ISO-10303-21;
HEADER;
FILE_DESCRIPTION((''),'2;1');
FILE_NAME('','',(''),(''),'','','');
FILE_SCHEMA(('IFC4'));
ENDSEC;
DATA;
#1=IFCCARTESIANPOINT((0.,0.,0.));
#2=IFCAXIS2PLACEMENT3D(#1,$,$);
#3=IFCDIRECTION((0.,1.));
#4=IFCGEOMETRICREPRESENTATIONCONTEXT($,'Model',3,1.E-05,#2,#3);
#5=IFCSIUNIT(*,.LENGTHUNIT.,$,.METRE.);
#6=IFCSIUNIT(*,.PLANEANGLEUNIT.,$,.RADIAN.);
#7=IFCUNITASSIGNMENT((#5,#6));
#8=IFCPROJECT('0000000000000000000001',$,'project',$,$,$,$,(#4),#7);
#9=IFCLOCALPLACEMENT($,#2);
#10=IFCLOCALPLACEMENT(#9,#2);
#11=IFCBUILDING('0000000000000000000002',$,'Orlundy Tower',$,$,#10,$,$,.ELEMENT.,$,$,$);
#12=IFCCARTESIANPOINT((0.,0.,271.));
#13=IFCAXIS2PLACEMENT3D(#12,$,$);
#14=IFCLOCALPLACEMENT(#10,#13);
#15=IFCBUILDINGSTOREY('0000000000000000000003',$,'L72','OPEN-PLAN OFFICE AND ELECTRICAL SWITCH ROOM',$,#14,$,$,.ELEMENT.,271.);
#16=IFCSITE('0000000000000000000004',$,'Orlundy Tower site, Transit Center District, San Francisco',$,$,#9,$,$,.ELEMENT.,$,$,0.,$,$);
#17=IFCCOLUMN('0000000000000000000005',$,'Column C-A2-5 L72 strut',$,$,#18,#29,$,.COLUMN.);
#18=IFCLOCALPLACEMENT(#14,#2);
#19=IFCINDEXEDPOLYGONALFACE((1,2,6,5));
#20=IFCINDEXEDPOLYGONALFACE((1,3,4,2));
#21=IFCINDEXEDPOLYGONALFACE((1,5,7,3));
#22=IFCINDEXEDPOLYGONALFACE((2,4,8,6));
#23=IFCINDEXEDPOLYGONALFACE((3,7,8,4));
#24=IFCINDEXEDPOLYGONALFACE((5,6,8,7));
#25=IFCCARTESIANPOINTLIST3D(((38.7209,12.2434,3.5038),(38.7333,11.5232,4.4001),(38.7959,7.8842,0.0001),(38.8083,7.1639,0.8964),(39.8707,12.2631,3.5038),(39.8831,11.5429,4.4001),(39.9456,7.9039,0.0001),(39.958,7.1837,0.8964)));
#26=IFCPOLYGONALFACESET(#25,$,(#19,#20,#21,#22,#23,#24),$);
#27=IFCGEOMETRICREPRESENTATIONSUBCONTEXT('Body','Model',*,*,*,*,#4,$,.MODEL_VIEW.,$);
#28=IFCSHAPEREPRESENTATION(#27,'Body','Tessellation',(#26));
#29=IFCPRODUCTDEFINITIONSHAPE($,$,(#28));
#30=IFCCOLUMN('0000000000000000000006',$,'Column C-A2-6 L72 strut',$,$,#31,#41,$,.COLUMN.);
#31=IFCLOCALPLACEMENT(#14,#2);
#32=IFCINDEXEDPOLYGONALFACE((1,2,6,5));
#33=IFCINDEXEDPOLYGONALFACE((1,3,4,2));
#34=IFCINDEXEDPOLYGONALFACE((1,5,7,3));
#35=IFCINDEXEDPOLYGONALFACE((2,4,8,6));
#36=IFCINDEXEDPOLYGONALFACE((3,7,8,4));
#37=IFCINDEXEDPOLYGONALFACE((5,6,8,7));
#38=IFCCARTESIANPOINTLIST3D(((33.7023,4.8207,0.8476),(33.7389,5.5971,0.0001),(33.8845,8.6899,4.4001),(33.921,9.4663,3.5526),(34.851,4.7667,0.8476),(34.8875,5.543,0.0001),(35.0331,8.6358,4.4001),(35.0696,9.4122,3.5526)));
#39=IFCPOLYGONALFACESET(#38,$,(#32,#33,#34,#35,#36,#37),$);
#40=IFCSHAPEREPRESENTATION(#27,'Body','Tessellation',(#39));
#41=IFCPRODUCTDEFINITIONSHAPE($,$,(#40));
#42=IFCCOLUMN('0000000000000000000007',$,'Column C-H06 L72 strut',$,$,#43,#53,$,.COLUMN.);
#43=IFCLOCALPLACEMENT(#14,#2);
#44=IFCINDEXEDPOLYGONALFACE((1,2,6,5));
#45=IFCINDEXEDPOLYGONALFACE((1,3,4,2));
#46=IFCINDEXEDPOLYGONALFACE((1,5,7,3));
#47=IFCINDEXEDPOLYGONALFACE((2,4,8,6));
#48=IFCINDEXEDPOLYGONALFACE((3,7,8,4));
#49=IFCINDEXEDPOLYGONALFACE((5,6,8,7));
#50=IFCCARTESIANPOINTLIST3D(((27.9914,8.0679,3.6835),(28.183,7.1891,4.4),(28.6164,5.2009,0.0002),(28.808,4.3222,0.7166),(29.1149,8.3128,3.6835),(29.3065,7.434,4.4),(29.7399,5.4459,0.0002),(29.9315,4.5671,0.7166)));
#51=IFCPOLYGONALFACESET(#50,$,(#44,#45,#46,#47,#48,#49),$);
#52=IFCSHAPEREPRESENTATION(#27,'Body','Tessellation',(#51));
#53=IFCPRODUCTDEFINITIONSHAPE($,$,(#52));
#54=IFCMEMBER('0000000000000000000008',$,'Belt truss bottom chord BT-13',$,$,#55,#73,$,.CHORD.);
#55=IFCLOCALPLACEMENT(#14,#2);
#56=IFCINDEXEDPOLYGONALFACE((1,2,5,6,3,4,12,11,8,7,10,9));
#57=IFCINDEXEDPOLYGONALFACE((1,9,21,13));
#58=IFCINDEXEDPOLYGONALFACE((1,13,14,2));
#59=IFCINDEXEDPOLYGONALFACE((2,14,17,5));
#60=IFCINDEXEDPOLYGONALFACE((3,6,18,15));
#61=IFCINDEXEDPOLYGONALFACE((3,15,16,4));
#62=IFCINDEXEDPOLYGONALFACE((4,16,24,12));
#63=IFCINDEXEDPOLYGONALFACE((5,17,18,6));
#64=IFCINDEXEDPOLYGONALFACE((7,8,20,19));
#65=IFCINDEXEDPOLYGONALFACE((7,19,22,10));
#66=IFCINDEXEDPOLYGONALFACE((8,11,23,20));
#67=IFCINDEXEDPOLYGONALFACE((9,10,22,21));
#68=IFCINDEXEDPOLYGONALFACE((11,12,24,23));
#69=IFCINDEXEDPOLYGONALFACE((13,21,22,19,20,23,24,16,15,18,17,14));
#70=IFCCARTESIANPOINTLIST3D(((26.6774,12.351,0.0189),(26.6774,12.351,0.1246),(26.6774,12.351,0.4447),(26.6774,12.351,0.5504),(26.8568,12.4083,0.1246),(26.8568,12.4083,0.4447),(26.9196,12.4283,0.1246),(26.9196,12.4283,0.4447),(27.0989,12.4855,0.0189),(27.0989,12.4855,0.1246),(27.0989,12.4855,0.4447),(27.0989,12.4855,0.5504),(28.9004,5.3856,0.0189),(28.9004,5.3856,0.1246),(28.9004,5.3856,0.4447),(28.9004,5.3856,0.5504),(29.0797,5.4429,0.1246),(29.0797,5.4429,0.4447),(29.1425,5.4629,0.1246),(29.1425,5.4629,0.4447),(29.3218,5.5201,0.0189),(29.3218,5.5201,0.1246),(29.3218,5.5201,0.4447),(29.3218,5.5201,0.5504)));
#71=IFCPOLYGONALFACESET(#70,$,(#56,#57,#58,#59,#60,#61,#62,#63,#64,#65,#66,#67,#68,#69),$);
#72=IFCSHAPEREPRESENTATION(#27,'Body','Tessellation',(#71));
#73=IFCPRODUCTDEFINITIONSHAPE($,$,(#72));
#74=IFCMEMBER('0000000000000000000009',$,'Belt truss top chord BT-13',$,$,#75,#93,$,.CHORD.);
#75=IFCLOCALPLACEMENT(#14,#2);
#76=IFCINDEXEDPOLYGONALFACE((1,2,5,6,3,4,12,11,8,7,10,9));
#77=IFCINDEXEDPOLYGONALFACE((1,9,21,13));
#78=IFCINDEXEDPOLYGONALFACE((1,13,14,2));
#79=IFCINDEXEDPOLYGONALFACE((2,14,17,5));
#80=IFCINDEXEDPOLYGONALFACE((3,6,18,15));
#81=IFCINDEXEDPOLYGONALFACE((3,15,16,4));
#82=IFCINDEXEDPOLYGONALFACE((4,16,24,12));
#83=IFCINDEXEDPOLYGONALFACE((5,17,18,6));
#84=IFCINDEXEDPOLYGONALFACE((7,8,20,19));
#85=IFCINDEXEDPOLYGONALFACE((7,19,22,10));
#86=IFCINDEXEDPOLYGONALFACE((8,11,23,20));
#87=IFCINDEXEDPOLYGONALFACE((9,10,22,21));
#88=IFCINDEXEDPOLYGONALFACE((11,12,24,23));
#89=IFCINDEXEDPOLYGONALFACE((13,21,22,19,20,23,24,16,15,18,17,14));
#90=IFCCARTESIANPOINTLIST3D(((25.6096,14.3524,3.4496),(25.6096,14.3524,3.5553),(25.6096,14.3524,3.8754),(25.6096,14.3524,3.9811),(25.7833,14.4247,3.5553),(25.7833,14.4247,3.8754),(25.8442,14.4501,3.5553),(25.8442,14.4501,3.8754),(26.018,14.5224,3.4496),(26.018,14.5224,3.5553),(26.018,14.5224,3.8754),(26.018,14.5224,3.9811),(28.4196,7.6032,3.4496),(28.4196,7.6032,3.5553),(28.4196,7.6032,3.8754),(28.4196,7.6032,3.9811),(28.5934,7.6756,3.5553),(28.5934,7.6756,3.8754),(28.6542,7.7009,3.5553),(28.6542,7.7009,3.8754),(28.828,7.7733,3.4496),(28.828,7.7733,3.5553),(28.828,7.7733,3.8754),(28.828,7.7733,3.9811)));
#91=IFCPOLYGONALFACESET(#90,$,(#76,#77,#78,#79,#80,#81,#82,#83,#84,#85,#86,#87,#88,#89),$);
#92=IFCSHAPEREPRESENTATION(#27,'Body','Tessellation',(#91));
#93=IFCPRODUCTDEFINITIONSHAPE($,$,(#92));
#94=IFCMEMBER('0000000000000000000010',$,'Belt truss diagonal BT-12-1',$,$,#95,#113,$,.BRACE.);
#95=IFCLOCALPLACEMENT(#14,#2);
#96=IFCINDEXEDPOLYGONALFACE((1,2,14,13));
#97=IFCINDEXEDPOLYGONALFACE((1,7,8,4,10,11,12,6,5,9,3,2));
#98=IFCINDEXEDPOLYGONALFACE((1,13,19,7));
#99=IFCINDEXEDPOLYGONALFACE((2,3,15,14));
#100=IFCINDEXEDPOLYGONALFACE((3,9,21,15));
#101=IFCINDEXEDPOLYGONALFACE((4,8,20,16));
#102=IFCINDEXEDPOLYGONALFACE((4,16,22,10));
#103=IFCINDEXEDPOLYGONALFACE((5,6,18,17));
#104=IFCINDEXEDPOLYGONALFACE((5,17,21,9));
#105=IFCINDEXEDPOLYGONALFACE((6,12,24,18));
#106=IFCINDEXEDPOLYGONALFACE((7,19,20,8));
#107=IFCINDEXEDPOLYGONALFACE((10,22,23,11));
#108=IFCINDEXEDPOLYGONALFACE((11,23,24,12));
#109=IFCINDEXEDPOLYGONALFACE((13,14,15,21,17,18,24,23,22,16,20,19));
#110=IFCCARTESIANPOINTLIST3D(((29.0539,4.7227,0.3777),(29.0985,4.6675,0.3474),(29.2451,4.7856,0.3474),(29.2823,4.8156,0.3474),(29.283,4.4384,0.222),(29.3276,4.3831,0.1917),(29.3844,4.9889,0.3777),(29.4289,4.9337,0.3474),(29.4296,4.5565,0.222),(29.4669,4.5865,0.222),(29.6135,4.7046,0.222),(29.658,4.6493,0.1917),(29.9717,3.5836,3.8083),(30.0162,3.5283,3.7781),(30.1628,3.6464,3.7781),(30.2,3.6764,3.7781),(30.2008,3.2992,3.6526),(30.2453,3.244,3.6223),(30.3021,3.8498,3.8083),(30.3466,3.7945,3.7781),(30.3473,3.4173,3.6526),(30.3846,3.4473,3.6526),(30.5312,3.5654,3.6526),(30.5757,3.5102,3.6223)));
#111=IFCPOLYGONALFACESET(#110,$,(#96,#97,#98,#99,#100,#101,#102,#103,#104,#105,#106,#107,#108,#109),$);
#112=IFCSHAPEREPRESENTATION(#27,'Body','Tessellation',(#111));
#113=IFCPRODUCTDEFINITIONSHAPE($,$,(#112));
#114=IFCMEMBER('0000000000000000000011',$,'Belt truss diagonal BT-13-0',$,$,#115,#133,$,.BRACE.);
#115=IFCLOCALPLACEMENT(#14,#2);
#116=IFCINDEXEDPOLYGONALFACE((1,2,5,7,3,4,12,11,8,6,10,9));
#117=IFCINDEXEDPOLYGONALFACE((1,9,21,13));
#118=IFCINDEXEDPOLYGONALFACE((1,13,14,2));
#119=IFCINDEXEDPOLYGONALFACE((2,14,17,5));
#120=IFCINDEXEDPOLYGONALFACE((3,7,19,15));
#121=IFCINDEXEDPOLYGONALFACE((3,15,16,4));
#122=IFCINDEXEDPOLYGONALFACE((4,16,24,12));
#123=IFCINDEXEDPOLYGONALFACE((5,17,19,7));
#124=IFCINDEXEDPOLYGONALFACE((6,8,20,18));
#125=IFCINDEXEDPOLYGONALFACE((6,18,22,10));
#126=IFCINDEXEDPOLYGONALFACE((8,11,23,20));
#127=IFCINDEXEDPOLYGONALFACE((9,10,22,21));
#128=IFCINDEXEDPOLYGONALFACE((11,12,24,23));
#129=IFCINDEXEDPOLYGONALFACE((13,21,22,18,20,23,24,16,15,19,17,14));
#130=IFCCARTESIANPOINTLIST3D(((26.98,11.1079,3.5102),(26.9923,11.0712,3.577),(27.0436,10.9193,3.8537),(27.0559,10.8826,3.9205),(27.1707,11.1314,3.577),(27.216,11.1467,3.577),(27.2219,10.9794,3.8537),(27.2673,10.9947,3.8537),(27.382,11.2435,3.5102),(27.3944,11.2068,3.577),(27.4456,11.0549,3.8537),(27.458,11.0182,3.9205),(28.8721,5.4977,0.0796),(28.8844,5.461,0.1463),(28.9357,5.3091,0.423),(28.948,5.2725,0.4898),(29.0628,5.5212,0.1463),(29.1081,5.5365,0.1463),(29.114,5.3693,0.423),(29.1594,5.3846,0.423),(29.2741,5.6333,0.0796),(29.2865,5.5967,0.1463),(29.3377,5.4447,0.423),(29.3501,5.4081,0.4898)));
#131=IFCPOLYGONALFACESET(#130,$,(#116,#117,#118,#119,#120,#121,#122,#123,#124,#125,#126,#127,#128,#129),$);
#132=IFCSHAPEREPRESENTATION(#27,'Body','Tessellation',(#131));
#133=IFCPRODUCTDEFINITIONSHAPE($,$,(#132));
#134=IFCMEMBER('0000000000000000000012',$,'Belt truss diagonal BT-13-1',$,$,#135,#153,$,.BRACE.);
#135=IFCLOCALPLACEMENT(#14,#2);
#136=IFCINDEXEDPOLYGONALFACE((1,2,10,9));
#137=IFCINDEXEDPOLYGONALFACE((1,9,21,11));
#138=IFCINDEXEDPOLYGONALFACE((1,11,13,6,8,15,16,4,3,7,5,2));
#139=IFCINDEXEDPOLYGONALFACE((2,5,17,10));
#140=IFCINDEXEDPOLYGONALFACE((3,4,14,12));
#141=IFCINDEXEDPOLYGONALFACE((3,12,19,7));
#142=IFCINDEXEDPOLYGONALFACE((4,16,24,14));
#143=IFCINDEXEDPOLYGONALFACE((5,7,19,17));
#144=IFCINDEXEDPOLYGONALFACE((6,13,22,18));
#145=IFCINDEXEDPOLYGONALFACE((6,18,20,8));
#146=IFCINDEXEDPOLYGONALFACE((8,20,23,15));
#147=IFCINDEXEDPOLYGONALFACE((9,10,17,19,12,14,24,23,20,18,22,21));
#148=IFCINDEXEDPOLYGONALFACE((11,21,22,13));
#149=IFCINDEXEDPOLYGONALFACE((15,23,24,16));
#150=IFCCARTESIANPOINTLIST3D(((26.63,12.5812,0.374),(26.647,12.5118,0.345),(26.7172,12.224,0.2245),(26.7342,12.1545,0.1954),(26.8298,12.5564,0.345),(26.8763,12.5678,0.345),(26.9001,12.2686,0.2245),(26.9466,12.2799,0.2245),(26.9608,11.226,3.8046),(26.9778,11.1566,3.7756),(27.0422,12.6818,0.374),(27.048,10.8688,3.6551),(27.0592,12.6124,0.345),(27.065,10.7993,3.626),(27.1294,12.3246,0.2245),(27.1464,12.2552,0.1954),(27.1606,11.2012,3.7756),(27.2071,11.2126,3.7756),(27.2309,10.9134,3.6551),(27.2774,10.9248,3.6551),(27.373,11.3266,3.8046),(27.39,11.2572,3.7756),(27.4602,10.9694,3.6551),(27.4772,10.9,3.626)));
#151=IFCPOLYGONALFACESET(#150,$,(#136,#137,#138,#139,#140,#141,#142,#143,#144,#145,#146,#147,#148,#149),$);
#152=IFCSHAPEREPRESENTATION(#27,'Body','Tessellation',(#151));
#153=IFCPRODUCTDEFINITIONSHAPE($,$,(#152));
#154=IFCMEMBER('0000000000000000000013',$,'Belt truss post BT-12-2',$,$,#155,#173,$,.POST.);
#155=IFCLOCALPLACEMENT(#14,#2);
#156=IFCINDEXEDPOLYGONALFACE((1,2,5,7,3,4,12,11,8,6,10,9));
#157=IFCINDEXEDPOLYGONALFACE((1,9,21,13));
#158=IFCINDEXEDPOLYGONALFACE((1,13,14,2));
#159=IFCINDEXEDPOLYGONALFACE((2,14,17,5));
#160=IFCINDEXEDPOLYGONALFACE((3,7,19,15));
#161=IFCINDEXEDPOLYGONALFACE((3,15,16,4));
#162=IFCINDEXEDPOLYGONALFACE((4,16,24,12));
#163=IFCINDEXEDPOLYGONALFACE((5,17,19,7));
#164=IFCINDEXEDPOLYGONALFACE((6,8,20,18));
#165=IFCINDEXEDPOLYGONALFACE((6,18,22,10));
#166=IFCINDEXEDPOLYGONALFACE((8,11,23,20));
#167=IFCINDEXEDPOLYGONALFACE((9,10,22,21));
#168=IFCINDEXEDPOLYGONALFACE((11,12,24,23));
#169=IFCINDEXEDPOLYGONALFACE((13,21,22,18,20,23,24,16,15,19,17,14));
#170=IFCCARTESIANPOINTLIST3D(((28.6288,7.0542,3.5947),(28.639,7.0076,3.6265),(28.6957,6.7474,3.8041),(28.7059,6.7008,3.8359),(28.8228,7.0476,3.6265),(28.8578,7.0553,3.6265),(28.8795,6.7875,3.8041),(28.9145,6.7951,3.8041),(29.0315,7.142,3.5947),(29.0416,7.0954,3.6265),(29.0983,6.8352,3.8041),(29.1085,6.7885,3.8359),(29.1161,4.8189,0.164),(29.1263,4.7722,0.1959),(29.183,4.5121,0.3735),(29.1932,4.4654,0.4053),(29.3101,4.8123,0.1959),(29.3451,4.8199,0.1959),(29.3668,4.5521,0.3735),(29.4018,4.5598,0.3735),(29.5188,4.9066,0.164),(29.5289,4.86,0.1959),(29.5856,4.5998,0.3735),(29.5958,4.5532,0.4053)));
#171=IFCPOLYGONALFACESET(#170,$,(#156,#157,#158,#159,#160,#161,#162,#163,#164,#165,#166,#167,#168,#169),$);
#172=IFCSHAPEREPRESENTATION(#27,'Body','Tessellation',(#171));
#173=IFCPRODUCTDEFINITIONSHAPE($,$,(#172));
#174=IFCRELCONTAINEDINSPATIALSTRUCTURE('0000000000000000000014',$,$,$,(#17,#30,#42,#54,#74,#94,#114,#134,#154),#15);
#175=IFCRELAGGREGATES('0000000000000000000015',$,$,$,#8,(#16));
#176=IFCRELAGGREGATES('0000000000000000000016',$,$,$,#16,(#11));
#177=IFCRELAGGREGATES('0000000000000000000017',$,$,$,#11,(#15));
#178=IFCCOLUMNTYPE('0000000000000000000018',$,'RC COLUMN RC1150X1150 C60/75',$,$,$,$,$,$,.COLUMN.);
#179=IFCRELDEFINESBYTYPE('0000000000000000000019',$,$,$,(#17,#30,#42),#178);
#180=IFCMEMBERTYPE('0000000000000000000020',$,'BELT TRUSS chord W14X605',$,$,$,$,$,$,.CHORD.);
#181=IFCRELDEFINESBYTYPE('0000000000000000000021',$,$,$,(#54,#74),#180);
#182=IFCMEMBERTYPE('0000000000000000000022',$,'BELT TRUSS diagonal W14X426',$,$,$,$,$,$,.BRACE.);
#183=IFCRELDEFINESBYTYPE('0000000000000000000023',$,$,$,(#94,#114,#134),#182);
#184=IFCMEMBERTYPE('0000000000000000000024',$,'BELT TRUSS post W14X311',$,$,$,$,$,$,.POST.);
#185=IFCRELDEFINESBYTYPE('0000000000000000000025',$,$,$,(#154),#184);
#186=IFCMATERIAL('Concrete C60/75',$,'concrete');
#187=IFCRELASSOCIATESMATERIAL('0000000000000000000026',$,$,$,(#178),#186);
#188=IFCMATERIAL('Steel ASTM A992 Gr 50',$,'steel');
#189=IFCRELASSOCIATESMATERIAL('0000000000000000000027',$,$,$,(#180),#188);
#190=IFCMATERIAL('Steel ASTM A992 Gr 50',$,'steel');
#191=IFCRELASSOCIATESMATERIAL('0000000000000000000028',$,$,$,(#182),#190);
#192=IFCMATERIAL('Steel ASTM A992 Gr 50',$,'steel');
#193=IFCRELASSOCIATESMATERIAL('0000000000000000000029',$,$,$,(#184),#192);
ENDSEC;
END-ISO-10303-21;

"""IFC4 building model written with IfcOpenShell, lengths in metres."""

from ifc_helpers import new_model, si_unit, direction, frame, origin, origin_2d, place, context, subcontext, project, spatial, rectangle, i_section, extrude, material, material_profile, profile_set, type_object, element, save


model = new_model("IFC4")

# Units and contexts
model_context = context("Model", 3, precision=1e-05, world=origin(), true_north=direction((0.0, 1.0)))
body_context = subcontext(model_context, "Body", "Model", "MODEL_VIEW")
ifc_project = project(units=[si_unit("LENGTHUNIT", "METRE"), si_unit("PLANEANGLEUNIT", "RADIAN")], contexts=[model_context])

# Site, building, storey
site_placement = place(None, origin())
site = spatial("IfcSite", under=ifc_project, at=site_placement, Name="Orlundy Tower site, Transit Center District, San Francisco", CompositionType="ELEMENT", RefElevation=0.0)
building_placement = place(site_placement, origin())
building = spatial("IfcBuilding", under=site, at=building_placement, Name="Orlundy Tower", CompositionType="ELEMENT")
storey_placement = place(building_placement, frame((0.0, 0.0, 271.0)))
storey = spatial("IfcBuildingStorey", under=building, at=storey_placement, Name="L72", Description="OPEN-PLAN OFFICE AND ELECTRICAL SWITCH ROOM", CompositionType="ELEMENT", Elevation=271.0)

# Columns
ifc_material_1 = material(Name="Concrete C60/75", Category="concrete")
ifc_material_profile_1 = material_profile(ifc_material_1, rectangle(XDim=1.1499, YDim=1.1499, at=origin_2d()), Name="RC1150X1150")
ifc_profile_set_1 = profile_set([ifc_material_profile_1], Name="Concrete C60/75")
column_type = type_object("IfcColumnType", Name="RC COLUMN RC1150X1150 C60/75", PredefinedType="COLUMN", material=ifc_profile_set_1)
column_1_placement = place(storey_placement, frame((39.377, 7.5339, 0.4482), z_axis=(-0.013401, 0.77937, 0.626421), x_axis=(-0.999852, -0.017192, 0.0)))
element("IfcColumn", 1, at=column_1_placement, inside=storey, type_object=column_type, Name="Column C-A2-5 L72 strut", PredefinedType="COLUMN", context=body_context, shape_type="SweptSolid", body=[
    extrude(rectangle(XDim=1.1499, YDim=1.1499, at=origin_2d()), origin(), (0.0, 0.0, 1.0), 5.5933),
])
column_2_placement = place(storey_placement, frame((34.2949, 5.1819, 0.4238), z_axis=(0.034653, 0.736164, 0.675916), x_axis=(-0.998894, 0.04702, 0.0)))
element("IfcColumn", 2, at=column_2_placement, inside=storey, type_object=column_type, Name="Column C-A2-6 L72 strut", PredefinedType="COLUMN", context=body_context, shape_type="SweptSolid", body=[
    extrude(rectangle(XDim=1.1499, YDim=1.1499, at=origin_2d()), origin(), (0.0, 0.0, 1.0), 5.2559),
])
column_3_placement = place(storey_placement, frame((29.2739, 4.884, 0.3584), z_axis=(-0.132717, 0.60879, 0.782152), x_axis=(-0.977052, -0.213, 0.0)))
element("IfcColumn", 3, at=column_3_placement, inside=storey, type_object=column_type, Name="Column C-H06 L72 strut", PredefinedType="COLUMN", context=body_context, shape_type="SweptSolid", body=[
    extrude(rectangle(XDim=1.1499, YDim=1.1499, at=origin_2d()), origin(), (0.0, 0.0, 1.0), 4.7092),
])

# Members
ifc_material_2 = material(Name="Steel ASTM A992 Gr 50", Category="steel")
ifc_material_profile_2 = material_profile(ifc_material_2, i_section(OverallWidth=0.4424, OverallDepth=0.5315, WebThickness=0.0659, FlangeThickness=0.1057, at=origin_2d()), Name="W14X605")
ifc_profile_set_2 = profile_set([ifc_material_profile_2], Name="Steel ASTM A992 Gr 50")
member_type_1 = type_object("IfcMemberType", Name="BELT TRUSS chord W14X605", PredefinedType="CHORD", material=ifc_profile_set_2)
member_1_placement = place(storey_placement, frame((29.1111, 5.4529, 0.2847), z_axis=(-0.304031, 0.952662, 0.0), x_axis=(-0.952662, -0.304031, 0.0)))
element("IfcMember", 4, at=member_1_placement, inside=storey, type_object=member_type_1, Name="Belt truss bottom chord BT-13", PredefinedType="CHORD", context=body_context, shape_type="SweptSolid", body=[
    extrude(i_section(OverallWidth=0.4424, OverallDepth=0.5315, WebThickness=0.0659, FlangeThickness=0.1057, at=origin_2d()), origin(), (0.0, 0.0, 1.0), 7.3115),
])
member_2_placement = place(storey_placement, frame((28.6238, 7.6882, 3.7153), z_axis=(-0.384366, 0.923181, 0.0), x_axis=(-0.923181, -0.384366, 0.0)))
element("IfcMember", 5, at=member_2_placement, inside=storey, type_object=member_type_1, Name="Belt truss top chord BT-13", PredefinedType="CHORD", context=body_context, shape_type="SweptSolid", body=[
    extrude(i_section(OverallWidth=0.4424, OverallDepth=0.5315, WebThickness=0.0659, FlangeThickness=0.1057, at=origin_2d()), origin(), (0.0, 0.0, 1.0), 7.3108),
])
ifc_material_3 = material(Name="Steel ASTM A992 Gr 50", Category="steel")
ifc_material_profile_3 = material_profile(ifc_material_3, i_section(OverallWidth=0.4243, OverallDepth=0.4741, WebThickness=0.0479, FlangeThickness=0.0771, at=origin_2d()), Name="W14X426")
ifc_profile_set_3 = profile_set([ifc_material_profile_3], Name="Steel ASTM A992 Gr 50")
member_type_2 = type_object("IfcMemberType", Name="BELT TRUSS diagonal W14X426", PredefinedType="BRACE", material=ifc_profile_set_3)
member_3_placement = place(storey_placement, frame((30.2737, 3.5469, 3.7153), z_axis=(-0.24607, 0.305444, -0.919866), x_axis=(-0.778731, -0.627358, 0.0)))
element("IfcMember", 6, at=member_3_placement, inside=storey, type_object=member_type_2, Name="Belt truss diagonal BT-12-1", PredefinedType="BRACE", context=body_context, shape_type="SweptSolid", body=[
    extrude(i_section(OverallWidth=0.4243, OverallDepth=0.4741, WebThickness=0.0479, FlangeThickness=0.0771, at=origin_2d()), origin(), (0.0, 0.0, 1.0), 3.7295),
])
member_4_placement = place(storey_placement, frame((29.1111, 5.4529, 0.2847), z_axis=(-0.276512, 0.819866, 0.50136), x_axis=(-0.94756, -0.319578, 0.0)))
element("IfcMember", 7, at=member_4_placement, inside=storey, type_object=member_type_2, Name="Belt truss diagonal BT-13-0", PredefinedType="BRACE", context=body_context, shape_type="SweptSolid", body=[
    extrude(i_section(OverallWidth=0.4243, OverallDepth=0.4741, WebThickness=0.0479, FlangeThickness=0.0771, at=origin_2d()), origin(), (0.0, 0.0, 1.0), 6.8428),
])
member_5_placement = place(storey_placement, frame((27.219, 11.063, 3.7153), z_axis=(-0.089325, 0.365936, -0.926343), x_axis=(-0.971476, -0.237137, 0.0)))
element("IfcMember", 8, at=member_5_placement, inside=storey, type_object=member_type_2, Name="Belt truss diagonal BT-13-1", PredefinedType="BRACE", context=body_context, shape_type="SweptSolid", body=[
    extrude(i_section(OverallWidth=0.4243, OverallDepth=0.4741, WebThickness=0.0479, FlangeThickness=0.0771, at=origin_2d()), origin(), (0.0, 0.0, 1.0), 3.7034),
])
ifc_material_4 = material(Name="Steel ASTM A992 Gr 50", Category="steel")
ifc_material_profile_4 = material_profile(ifc_material_4, i_section(OverallWidth=0.4121, OverallDepth=0.4348, WebThickness=0.0359, FlangeThickness=0.0574, at=origin_2d()), Name="W14X311")
ifc_profile_set_4 = profile_set([ifc_material_profile_4], Name="Steel ASTM A992 Gr 50")
member_type_3 = type_object("IfcMemberType", Name="BELT TRUSS post W14X311", PredefinedType="POST", material=ifc_profile_set_4)
for number, where, z_axis, x_axis, name in (
    (9, (29.356, 4.686, 0.2847), (-0.118176, 0.542093, 0.831967), (-0.977053, -0.212997, 0.0), "Belt truss post BT-12-2"),
):
    element("IfcMember", number, at=place(storey_placement, frame(where, z_axis=z_axis, x_axis=x_axis)), inside=storey, type_object=member_type_3, Name=name, PredefinedType="POST", context=body_context, shape_type="SweptSolid", body=[
        extrude(i_section(OverallWidth=0.4121, OverallDepth=0.4348, WebThickness=0.0359, FlangeThickness=0.0574, at=origin_2d()), origin(), (0.0, 0.0, 1.0), 4.1235),
    ])

save(model, "model.ifc")
